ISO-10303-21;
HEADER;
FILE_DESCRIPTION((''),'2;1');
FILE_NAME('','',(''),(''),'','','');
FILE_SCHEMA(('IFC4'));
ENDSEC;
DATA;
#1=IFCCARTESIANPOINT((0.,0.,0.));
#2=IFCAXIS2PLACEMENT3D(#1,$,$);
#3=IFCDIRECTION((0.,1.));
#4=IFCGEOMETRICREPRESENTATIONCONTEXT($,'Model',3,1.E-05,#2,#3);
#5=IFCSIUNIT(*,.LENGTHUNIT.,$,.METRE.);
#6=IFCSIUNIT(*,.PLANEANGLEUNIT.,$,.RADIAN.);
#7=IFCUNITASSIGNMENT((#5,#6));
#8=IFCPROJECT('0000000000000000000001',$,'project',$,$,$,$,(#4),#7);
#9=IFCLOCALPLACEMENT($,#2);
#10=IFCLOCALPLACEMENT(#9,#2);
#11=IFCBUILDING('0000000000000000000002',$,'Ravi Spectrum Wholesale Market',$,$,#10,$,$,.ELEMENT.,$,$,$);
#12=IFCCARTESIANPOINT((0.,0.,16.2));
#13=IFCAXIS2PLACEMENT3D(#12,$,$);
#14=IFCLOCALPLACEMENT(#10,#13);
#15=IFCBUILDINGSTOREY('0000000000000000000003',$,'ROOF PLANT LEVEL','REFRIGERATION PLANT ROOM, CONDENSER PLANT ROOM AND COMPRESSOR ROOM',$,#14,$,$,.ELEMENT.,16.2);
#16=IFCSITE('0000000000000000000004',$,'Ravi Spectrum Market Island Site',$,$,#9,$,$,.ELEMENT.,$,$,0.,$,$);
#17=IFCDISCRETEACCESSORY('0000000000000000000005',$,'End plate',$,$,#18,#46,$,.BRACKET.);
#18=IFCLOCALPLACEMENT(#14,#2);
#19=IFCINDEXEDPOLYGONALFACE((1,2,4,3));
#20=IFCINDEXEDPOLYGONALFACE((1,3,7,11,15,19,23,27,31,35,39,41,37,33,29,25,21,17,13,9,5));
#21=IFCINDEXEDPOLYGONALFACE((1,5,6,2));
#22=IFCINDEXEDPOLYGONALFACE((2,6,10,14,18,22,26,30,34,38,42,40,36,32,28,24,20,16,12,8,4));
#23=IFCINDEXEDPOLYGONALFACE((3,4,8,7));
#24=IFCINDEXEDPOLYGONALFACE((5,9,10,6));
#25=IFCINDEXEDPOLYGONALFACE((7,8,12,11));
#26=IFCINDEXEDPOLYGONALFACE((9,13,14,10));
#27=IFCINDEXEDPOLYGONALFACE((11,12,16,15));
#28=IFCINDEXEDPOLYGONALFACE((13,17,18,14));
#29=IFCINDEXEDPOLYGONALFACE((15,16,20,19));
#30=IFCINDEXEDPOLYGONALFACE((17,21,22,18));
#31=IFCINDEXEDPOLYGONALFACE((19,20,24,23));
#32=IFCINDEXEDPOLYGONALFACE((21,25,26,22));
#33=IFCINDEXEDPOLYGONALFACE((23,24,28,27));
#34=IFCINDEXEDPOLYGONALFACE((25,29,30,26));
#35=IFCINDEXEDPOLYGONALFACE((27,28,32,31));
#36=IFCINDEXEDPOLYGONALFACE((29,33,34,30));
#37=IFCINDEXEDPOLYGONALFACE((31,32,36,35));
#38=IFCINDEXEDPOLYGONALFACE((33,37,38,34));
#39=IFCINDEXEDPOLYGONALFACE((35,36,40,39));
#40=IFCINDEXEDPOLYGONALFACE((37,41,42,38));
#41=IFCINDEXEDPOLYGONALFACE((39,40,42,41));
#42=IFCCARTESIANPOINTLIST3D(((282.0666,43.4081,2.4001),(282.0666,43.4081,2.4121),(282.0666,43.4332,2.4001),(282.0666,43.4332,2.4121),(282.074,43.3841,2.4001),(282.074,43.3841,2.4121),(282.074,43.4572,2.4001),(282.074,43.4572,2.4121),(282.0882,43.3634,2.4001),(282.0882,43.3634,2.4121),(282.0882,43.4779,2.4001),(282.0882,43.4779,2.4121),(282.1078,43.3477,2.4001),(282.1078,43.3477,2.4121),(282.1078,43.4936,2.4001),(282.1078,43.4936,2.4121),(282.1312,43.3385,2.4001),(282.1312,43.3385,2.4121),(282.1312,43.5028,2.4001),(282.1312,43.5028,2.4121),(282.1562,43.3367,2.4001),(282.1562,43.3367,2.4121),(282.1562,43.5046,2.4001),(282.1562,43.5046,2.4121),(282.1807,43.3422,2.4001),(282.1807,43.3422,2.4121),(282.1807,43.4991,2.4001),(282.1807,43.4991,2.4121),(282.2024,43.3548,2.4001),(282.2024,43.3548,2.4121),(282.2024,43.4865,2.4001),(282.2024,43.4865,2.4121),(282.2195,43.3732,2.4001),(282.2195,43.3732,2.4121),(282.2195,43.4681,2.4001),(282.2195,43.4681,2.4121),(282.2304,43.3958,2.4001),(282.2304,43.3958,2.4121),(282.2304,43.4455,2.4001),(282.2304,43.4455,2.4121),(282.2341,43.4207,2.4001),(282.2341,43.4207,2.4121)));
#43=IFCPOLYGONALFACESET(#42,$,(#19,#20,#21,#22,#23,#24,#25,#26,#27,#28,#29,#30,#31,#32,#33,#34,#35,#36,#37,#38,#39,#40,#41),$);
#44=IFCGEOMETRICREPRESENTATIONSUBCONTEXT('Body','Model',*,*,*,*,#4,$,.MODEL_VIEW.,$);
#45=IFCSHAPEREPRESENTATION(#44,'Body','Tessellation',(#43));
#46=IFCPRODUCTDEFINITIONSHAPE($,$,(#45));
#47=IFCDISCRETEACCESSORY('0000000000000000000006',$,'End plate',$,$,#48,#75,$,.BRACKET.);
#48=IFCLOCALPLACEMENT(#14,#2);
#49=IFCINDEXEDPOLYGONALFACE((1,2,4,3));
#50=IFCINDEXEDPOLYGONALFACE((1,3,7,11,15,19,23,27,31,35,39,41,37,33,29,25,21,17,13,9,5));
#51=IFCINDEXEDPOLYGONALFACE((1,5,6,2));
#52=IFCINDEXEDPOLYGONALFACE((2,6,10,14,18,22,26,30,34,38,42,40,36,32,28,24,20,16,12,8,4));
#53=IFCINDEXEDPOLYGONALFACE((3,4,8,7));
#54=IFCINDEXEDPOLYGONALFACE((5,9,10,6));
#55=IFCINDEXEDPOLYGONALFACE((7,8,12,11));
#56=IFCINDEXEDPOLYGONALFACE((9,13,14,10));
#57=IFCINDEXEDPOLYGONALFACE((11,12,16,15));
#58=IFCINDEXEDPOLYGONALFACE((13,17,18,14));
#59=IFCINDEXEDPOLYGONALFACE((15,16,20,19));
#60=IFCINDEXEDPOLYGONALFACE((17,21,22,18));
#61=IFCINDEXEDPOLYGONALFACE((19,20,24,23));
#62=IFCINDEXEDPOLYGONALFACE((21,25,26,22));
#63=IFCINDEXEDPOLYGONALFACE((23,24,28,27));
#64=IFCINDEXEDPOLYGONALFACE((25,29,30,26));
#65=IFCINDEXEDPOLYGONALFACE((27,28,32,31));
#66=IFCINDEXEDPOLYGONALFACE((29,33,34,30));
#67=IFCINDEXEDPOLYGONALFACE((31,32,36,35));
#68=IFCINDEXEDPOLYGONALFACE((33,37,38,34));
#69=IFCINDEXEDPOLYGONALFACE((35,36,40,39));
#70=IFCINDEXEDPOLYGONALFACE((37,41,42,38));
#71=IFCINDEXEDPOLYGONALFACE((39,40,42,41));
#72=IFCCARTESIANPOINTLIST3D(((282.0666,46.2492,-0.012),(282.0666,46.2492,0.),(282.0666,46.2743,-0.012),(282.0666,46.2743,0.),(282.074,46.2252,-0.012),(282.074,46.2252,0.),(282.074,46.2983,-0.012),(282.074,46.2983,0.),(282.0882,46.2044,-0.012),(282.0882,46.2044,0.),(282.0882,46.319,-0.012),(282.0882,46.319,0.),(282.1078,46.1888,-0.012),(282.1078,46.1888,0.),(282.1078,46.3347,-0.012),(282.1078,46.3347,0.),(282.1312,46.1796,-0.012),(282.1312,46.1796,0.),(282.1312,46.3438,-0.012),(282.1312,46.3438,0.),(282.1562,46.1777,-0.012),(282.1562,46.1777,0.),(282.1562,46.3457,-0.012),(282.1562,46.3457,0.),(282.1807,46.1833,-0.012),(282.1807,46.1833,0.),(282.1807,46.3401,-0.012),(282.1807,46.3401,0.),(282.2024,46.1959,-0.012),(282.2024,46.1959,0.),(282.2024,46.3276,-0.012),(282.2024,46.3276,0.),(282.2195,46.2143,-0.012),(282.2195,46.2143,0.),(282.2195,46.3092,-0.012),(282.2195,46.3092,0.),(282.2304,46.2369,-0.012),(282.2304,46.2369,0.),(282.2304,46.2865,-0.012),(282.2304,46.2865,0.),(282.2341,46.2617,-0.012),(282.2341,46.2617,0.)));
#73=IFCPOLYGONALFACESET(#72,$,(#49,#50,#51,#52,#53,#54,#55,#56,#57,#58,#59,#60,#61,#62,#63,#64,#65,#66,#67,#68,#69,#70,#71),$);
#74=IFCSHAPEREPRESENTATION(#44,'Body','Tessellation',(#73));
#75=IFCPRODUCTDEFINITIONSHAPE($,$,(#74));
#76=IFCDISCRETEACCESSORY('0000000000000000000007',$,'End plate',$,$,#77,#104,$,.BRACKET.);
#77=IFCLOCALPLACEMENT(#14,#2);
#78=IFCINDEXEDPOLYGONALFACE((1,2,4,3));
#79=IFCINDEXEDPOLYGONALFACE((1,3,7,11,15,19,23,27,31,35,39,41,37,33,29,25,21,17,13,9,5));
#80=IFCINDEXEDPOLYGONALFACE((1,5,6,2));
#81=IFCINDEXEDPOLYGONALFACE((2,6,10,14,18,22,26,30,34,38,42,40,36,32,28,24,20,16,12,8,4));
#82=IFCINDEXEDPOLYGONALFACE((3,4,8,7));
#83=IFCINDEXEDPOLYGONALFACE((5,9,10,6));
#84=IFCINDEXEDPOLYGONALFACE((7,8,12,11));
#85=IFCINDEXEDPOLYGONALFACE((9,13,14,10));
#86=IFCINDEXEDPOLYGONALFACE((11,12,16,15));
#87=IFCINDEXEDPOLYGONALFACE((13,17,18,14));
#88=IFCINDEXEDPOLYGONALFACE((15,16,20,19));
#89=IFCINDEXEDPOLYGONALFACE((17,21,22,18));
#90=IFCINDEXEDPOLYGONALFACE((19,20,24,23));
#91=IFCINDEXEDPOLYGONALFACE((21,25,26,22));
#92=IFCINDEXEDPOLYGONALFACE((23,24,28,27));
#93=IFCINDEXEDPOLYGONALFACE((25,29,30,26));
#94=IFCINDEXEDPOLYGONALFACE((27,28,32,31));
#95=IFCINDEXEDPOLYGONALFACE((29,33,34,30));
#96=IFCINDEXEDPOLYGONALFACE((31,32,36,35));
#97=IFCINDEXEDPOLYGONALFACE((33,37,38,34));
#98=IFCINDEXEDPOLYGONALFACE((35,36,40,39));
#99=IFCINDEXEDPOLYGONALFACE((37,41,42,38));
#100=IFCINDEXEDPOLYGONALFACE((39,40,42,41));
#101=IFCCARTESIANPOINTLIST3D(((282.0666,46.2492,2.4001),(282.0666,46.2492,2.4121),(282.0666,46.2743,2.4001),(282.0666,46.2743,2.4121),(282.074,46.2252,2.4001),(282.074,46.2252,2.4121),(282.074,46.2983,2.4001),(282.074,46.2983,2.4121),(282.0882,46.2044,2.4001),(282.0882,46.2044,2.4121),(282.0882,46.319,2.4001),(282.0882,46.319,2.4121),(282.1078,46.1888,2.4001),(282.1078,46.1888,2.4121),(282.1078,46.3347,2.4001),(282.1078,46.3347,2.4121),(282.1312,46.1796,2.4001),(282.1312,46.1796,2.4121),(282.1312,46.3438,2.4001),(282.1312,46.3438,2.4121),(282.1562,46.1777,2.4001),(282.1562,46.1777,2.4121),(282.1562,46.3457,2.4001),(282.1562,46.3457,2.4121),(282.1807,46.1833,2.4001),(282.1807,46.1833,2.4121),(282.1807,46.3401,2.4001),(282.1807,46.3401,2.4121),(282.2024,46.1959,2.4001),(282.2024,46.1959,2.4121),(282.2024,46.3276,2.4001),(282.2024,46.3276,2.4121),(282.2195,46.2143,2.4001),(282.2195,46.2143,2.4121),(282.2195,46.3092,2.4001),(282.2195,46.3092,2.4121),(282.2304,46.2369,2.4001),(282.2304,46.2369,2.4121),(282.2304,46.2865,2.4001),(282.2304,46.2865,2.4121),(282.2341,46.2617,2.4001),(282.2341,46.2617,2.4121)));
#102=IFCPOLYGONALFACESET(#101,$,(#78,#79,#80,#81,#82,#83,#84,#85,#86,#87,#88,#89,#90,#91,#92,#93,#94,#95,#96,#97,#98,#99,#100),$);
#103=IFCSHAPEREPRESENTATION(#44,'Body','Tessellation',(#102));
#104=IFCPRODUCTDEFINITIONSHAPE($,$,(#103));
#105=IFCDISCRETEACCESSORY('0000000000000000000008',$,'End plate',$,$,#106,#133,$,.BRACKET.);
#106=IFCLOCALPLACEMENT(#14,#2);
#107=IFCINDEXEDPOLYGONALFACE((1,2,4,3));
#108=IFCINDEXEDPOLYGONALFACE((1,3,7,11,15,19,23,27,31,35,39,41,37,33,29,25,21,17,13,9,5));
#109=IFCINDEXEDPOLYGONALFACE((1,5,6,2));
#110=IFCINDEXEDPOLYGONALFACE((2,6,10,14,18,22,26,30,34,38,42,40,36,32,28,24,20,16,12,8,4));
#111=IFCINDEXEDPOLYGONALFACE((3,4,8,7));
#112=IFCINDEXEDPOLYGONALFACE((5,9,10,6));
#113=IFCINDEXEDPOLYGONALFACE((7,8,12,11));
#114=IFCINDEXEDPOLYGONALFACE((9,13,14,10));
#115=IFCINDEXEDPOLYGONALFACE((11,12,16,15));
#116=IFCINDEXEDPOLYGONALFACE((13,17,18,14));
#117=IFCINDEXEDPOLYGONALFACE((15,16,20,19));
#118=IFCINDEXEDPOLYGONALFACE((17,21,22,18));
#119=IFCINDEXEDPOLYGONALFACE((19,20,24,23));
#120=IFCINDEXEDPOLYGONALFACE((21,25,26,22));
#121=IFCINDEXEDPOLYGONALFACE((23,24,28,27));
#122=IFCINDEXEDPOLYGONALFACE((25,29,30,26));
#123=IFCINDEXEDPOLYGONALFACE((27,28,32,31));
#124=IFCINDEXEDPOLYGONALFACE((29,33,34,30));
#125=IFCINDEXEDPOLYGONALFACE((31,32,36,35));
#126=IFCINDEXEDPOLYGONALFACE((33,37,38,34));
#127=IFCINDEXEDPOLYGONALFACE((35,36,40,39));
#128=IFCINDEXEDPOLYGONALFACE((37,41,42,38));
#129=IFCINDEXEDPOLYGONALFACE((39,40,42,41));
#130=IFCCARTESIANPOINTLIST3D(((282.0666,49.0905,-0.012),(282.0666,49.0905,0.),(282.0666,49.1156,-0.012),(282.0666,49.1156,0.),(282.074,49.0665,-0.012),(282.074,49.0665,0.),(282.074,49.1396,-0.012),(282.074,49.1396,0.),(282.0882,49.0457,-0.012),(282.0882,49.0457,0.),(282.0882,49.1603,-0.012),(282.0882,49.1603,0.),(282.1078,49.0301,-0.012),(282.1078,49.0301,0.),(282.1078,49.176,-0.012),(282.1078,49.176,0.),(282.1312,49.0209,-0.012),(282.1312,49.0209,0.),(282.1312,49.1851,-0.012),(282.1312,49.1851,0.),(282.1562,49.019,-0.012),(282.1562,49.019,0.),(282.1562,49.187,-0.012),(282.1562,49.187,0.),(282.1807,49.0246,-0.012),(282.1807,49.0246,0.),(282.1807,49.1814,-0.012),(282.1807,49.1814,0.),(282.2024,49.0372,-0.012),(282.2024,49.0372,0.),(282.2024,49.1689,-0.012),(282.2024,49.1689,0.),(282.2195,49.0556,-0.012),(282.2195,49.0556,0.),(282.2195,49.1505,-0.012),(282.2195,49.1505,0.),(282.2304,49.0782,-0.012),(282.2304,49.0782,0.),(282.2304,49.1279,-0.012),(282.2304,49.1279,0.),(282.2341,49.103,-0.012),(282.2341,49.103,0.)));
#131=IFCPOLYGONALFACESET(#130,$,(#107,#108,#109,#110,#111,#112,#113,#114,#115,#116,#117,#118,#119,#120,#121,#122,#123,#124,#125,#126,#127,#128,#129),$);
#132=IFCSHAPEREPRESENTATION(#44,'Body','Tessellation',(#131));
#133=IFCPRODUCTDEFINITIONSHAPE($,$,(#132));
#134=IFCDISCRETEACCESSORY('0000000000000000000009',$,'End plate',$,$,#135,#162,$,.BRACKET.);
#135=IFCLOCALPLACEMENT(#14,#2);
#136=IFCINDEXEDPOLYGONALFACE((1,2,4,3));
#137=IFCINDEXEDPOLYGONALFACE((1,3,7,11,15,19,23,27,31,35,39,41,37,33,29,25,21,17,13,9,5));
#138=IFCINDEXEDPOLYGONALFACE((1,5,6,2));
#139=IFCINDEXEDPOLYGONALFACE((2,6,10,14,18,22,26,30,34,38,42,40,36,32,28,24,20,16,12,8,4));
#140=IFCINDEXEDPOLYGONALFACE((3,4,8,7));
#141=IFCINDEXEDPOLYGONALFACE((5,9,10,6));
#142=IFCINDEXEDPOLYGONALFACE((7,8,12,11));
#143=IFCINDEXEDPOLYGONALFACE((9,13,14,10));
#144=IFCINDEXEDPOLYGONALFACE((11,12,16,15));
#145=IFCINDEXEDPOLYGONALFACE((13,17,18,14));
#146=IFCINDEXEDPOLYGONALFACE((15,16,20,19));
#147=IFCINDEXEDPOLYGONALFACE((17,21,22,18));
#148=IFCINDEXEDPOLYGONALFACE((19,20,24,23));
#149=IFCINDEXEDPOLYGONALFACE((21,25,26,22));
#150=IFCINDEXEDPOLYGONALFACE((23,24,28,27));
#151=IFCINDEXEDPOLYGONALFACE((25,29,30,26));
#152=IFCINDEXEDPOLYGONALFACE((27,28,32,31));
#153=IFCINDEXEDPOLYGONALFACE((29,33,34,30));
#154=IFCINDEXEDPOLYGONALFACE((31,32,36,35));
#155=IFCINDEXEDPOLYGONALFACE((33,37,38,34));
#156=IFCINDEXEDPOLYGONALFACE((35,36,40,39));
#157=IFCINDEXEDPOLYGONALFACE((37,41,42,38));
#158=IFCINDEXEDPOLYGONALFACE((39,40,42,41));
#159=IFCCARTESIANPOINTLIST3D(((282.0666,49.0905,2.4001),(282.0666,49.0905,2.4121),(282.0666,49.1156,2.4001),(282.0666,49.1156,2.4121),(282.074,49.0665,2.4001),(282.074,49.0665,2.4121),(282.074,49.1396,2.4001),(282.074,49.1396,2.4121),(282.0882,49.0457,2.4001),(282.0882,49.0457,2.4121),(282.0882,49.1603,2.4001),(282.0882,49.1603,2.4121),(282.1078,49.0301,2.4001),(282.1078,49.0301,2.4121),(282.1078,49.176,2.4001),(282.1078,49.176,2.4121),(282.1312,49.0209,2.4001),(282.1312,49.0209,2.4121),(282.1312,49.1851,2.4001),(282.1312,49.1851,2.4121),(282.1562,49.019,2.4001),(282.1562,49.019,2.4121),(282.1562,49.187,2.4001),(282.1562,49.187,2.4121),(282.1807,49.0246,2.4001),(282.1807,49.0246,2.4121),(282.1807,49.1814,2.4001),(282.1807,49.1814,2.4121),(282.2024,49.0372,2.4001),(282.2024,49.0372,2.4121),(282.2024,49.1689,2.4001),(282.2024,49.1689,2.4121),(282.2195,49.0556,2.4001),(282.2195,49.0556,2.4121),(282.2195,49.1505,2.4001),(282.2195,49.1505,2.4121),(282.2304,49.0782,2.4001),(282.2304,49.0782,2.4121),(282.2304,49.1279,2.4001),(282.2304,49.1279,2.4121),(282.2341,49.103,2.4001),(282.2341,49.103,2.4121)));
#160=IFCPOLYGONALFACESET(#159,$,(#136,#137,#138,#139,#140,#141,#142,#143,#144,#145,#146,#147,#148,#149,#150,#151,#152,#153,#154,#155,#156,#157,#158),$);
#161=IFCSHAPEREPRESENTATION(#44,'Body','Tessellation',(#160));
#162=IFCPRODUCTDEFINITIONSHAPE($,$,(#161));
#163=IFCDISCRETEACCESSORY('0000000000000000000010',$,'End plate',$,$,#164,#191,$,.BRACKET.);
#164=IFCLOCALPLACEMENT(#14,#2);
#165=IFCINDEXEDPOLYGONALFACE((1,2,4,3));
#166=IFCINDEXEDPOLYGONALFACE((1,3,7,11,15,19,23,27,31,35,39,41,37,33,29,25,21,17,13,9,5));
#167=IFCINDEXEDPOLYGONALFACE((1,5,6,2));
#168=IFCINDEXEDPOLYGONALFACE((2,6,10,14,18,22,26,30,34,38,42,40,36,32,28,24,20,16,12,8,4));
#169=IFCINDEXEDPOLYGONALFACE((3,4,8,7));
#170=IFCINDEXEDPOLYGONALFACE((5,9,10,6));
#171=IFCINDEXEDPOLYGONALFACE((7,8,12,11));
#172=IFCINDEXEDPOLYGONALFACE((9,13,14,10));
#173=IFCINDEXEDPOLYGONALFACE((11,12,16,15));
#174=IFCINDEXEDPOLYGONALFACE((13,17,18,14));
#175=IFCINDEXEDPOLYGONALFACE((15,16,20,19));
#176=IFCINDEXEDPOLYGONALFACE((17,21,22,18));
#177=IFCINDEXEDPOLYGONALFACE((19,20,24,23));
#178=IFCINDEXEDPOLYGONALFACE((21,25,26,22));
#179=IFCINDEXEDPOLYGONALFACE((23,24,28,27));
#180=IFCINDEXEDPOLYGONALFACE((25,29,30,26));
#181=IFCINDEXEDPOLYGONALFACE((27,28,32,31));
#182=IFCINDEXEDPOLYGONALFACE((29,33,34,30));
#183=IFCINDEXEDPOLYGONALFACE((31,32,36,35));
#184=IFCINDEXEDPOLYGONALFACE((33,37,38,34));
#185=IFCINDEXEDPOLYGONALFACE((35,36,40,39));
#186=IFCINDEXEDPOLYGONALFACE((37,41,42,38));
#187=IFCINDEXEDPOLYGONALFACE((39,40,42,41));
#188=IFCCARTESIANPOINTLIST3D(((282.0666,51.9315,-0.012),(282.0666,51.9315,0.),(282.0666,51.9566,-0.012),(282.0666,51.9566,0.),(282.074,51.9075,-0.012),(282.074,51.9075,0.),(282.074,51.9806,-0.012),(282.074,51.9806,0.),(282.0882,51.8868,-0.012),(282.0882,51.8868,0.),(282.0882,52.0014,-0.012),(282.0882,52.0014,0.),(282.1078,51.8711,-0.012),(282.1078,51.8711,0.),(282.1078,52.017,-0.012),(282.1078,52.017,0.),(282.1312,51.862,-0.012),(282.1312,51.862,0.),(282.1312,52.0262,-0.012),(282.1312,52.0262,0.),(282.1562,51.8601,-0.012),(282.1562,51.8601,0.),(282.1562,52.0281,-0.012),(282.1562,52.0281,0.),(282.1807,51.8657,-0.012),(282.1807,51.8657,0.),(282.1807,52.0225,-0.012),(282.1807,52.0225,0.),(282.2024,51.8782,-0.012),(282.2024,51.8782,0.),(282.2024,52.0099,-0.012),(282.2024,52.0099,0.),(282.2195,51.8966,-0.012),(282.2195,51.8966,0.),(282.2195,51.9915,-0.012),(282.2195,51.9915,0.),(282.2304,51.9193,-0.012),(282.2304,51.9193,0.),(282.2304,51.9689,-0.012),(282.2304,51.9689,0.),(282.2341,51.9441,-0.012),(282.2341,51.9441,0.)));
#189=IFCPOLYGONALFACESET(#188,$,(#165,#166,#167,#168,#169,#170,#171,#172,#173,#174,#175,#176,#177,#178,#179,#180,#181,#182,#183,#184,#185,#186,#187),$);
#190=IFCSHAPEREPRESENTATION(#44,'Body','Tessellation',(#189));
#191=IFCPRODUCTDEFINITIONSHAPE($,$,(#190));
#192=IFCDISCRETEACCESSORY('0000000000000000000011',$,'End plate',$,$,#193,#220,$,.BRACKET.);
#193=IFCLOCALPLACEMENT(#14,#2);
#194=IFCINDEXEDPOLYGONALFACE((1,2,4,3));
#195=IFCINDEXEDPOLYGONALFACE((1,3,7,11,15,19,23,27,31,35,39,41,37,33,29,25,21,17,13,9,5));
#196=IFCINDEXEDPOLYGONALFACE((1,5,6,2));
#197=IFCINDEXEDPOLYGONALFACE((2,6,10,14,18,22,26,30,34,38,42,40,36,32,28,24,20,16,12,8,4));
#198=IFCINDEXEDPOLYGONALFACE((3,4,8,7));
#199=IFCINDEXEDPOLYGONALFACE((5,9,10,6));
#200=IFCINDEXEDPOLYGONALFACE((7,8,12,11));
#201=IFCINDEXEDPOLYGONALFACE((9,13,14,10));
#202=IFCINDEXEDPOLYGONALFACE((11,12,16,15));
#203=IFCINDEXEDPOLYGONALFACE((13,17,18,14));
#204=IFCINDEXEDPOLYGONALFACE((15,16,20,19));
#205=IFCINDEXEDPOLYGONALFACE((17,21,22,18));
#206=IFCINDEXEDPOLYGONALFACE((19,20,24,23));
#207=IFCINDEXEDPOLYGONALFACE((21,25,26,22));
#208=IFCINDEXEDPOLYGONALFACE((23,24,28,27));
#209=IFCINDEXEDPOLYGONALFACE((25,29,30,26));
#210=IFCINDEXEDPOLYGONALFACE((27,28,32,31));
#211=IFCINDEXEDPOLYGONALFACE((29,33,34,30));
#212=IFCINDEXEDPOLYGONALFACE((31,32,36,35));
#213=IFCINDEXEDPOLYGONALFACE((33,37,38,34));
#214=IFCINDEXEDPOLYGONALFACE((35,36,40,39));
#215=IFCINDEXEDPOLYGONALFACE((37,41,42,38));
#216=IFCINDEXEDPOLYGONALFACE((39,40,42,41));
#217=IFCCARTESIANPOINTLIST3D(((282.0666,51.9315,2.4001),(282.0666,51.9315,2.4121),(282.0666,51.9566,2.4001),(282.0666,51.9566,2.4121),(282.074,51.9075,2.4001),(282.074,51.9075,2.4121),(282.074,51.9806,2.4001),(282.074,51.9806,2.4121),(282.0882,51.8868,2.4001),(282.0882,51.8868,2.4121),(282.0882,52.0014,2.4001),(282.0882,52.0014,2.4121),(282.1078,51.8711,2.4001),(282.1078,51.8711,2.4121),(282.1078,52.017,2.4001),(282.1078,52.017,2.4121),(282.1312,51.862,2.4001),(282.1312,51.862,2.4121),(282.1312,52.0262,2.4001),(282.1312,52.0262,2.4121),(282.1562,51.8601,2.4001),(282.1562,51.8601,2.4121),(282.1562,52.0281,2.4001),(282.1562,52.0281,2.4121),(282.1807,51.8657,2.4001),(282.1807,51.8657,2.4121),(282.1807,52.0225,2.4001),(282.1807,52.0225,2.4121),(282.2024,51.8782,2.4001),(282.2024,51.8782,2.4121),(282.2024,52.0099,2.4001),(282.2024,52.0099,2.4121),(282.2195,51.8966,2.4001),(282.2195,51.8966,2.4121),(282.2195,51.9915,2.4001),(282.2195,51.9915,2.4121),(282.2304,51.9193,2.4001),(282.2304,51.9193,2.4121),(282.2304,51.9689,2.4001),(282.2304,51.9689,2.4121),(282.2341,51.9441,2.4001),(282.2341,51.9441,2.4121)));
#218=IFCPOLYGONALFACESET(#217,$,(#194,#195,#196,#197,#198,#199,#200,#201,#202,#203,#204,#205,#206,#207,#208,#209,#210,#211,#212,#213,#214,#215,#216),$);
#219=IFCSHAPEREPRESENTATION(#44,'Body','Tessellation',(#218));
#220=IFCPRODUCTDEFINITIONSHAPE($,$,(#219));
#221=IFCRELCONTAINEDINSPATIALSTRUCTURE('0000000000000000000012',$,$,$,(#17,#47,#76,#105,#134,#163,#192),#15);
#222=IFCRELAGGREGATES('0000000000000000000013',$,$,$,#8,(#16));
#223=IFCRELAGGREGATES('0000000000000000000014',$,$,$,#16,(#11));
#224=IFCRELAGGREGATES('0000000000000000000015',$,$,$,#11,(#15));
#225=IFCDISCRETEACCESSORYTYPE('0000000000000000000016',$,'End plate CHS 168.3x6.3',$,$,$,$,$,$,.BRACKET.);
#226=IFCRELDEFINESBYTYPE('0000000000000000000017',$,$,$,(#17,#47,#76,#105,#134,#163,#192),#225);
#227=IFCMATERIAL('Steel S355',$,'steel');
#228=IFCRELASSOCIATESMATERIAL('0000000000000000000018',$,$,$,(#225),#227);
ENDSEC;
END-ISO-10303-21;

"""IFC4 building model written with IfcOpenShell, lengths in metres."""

from ifc_helpers import new_model, si_unit, direction, frame, origin, origin_2d, place, context, subcontext, project, spatial, circle, extrude, material, material_profile, profile_set, type_object, element, save


model = new_model("IFC4")

# Units and contexts
model_context = context("Model", 3, precision=1e-05, world=origin(), true_north=direction((0.0, 1.0)))
body_context = subcontext(model_context, "Body", "Model", "MODEL_VIEW")
ifc_project = project(units=[si_unit("LENGTHUNIT", "METRE"), si_unit("PLANEANGLEUNIT", "RADIAN")], contexts=[model_context])

# Site, building, storey
site_placement = place(None, origin())
site = spatial("IfcSite", under=ifc_project, at=site_placement, Name="Ravi Spectrum Market Island Site", CompositionType="ELEMENT", RefElevation=0.0)
building_placement = place(site_placement, origin())
building = spatial("IfcBuilding", under=site, at=building_placement, Name="Ravi Spectrum Wholesale Market", CompositionType="ELEMENT")
storey_placement = place(building_placement, frame((0.0, 0.0, 16.2)))
storey = spatial("IfcBuildingStorey", under=building, at=storey_placement, Name="ROOF PLANT LEVEL", Description="REFRIGERATION PLANT ROOM, CONDENSER PLANT ROOM AND COMPRESSOR ROOM", CompositionType="ELEMENT", Elevation=16.2)

# Discrete accessories
ifc_material_1 = material(Name="Steel S355", Category="steel")
ifc_material_profile_1 = material_profile(ifc_material_1, circle(Radius=0.0842, at=origin_2d()))
ifc_profile_set_1 = profile_set([ifc_material_profile_1], Name="Steel S355")
discrete_accessory_type = type_object("IfcDiscreteAccessoryType", Name="End plate CHS 168.3x6.3", PredefinedType="BRACKET", material=ifc_profile_set_1)
for number, where, z_axis, x_axis, name in (
    (1, (282.1499, 43.4207, 2.4001), (0.0, 0.0, 1.0), (1.0, 0.0, 0.0), "End plate"),
    (2, (282.1499, 46.2617, 0.0), (0.0, 0.0, -1.0), (1.0, 0.0, 0.0), "End plate"),
    (3, (282.1499, 46.2617, 2.4001), (0.0, 0.0, 1.0), (1.0, 0.0, 0.0), "End plate"),
    (4, (282.1499, 49.103, 0.0), (0.0, 0.0, -1.0), (1.0, 0.0, 0.0), "End plate"),
    (5, (282.1499, 49.103, 2.4001), (0.0, 0.0, 1.0), (1.0, 0.0, 0.0), "End plate"),
    (6, (282.1499, 51.9441, 0.0), (0.0, 0.0, -1.0), (1.0, 0.0, 0.0), "End plate"),
    (7, (282.1499, 51.9441, 2.4001), (0.0, 0.0, 1.0), (1.0, 0.0, 0.0), "End plate"),
):
    element("IfcDiscreteAccessory", number, at=place(storey_placement, frame(where, z_axis=z_axis, x_axis=x_axis)), inside=storey, type_object=discrete_accessory_type, Name=name, PredefinedType="BRACKET", context=body_context, shape_type="SweptSolid", body=[
        extrude(circle(Radius=0.0842, at=origin_2d()), origin(), (0.0, 0.0, 1.0), 0.012),
    ])

save(model, "model.ifc")
